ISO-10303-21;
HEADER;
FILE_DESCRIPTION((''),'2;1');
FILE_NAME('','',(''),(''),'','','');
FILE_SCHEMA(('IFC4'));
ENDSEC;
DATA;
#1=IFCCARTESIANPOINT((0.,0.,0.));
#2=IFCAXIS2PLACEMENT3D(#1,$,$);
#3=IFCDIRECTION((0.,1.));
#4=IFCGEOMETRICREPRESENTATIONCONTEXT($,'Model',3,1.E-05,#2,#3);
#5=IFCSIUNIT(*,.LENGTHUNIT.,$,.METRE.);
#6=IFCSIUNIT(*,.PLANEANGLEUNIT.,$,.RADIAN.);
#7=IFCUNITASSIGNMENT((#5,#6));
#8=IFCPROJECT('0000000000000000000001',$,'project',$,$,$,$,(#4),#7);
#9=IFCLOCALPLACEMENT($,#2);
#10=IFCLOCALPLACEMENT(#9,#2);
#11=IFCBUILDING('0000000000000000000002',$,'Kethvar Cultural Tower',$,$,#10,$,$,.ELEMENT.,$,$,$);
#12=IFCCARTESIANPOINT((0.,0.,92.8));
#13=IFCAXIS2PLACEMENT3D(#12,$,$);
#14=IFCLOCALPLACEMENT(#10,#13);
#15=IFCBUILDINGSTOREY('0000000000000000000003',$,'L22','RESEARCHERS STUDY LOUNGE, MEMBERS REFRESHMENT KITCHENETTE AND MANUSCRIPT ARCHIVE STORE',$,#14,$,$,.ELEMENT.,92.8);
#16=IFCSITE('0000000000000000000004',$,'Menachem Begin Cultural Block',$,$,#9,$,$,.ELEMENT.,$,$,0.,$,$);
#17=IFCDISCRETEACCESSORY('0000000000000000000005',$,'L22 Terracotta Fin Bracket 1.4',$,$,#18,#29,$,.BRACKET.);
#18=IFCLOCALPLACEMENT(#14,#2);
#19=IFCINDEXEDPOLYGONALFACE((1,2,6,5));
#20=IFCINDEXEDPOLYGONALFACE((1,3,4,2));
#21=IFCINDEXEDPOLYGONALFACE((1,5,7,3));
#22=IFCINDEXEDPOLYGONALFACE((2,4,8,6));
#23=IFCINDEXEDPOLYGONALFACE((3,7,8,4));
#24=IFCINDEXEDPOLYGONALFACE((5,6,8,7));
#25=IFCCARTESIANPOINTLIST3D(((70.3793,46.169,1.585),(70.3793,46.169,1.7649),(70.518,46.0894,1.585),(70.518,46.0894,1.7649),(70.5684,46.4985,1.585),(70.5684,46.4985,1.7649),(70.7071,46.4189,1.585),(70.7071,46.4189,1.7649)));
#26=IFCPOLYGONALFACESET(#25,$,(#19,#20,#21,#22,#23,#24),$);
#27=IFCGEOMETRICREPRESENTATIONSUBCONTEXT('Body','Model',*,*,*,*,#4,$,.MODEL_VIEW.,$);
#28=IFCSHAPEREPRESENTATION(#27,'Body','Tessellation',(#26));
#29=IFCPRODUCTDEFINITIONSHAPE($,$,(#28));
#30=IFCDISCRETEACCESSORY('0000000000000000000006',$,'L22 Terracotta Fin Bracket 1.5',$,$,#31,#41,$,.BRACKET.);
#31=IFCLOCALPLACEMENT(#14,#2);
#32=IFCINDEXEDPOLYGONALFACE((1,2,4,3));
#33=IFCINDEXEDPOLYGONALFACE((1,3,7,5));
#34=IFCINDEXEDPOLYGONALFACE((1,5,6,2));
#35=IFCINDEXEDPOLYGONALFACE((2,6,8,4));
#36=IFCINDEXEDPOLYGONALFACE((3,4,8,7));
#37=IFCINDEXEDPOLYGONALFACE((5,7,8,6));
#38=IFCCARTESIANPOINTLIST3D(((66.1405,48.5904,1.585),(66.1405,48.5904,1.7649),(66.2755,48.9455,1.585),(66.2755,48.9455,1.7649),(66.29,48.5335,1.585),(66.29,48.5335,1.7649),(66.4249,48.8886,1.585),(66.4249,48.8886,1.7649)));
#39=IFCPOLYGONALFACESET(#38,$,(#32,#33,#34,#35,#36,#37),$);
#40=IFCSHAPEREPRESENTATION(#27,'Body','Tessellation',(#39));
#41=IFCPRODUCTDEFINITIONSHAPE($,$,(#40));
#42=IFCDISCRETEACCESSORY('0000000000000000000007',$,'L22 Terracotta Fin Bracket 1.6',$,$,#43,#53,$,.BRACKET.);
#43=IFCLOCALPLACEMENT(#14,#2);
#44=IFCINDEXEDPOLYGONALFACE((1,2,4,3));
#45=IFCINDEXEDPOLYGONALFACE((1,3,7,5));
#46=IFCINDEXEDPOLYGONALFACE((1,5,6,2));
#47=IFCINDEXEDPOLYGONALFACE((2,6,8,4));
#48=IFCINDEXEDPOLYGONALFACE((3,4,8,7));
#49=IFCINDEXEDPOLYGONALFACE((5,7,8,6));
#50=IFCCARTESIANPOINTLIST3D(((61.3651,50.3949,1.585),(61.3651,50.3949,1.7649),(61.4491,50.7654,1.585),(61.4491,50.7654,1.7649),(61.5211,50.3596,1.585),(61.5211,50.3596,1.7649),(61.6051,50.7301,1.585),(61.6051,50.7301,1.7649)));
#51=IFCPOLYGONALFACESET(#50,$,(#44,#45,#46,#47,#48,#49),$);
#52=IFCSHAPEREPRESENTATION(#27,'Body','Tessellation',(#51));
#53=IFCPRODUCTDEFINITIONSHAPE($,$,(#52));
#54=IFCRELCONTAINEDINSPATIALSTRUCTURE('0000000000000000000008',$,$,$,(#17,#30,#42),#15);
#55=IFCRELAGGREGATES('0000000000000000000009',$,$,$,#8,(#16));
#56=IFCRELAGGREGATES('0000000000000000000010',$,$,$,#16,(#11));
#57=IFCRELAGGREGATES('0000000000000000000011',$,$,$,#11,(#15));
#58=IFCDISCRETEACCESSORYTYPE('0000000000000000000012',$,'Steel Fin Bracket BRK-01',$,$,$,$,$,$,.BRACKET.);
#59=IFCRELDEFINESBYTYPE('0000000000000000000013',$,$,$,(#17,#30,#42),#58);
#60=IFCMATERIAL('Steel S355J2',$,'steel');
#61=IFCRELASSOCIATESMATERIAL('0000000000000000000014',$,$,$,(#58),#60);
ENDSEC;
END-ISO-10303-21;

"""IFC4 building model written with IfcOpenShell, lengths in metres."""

from ifc_helpers import new_model, si_unit, direction, frame, origin, origin_2d, place, context, subcontext, project, spatial, rectangle, extrude, source, transform, mapped, material, type_object, element, save


model = new_model("IFC4")

# Units and contexts
model_context = context("Model", 3, precision=1e-05, world=origin(), true_north=direction((0.0, 1.0)))
body_context = subcontext(model_context, "Body", "Model", "MODEL_VIEW")
ifc_project = project(units=[si_unit("LENGTHUNIT", "METRE"), si_unit("PLANEANGLEUNIT", "RADIAN")], contexts=[model_context])

# Site, building, storey
site_placement = place(None, origin())
site = spatial("IfcSite", under=ifc_project, at=site_placement, Name="Menachem Begin Cultural Block", CompositionType="ELEMENT", RefElevation=0.0)
building_placement = place(site_placement, origin())
building = spatial("IfcBuilding", under=site, at=building_placement, Name="Kethvar Cultural Tower", CompositionType="ELEMENT")
storey_placement = place(building_placement, frame((0.0, 0.0, 92.8)))
storey = spatial("IfcBuildingStorey", under=building, at=storey_placement, Name="L22", Description="RESEARCHERS STUDY LOUNGE, MEMBERS REFRESHMENT KITCHENETTE AND MANUSCRIPT ARCHIVE STORE", CompositionType="ELEMENT", Elevation=92.8)

# Shared definitions
ifc_material_1 = material(Name="Steel S355J2", Category="steel")

# Discrete accessories
discrete_accessory_type = type_object("IfcDiscreteAccessoryType", Name="Steel Fin Bracket BRK-01", PredefinedType="BRACKET", material=ifc_material_1)
shared_shape_1 = source(origin(), body_context, "Body", "SweptSolid", [
    extrude(rectangle(XDim=0.3799, YDim=0.1599, at=origin_2d()), origin(), (0.0, 0.0, 1.0), 0.1799),
])
for number, where, z_axis, x_axis, name in (
    (1, (70.5432, 46.2939, 1.585), (0.0, 0.0, 1.0), (0.497882, 0.867245, 0.0), "L22 Terracotta Fin Bracket 1.4"),
    (2, (66.2827, 48.7395, 1.585), (0.0, 0.0, 1.0), (0.35527, 0.934764, 0.0), "L22 Terracotta Fin Bracket 1.5"),
    (3, (61.4851, 50.5625, 1.585), (0.0, 0.0, 1.0), (0.221038, 0.975265, 0.0), "L22 Terracotta Fin Bracket 1.6"),
):
    element("IfcDiscreteAccessory", number, at=place(storey_placement, frame(where, z_axis=z_axis, x_axis=x_axis)), inside=storey, type_object=discrete_accessory_type, Name=name, PredefinedType="BRACKET", context=body_context, shape_type="MappedRepresentation", body=[
        mapped(shared_shape_1, transform((0.0, 0.0, 0.0), scale=1.0)),
    ])

save(model, "model.ifc")
